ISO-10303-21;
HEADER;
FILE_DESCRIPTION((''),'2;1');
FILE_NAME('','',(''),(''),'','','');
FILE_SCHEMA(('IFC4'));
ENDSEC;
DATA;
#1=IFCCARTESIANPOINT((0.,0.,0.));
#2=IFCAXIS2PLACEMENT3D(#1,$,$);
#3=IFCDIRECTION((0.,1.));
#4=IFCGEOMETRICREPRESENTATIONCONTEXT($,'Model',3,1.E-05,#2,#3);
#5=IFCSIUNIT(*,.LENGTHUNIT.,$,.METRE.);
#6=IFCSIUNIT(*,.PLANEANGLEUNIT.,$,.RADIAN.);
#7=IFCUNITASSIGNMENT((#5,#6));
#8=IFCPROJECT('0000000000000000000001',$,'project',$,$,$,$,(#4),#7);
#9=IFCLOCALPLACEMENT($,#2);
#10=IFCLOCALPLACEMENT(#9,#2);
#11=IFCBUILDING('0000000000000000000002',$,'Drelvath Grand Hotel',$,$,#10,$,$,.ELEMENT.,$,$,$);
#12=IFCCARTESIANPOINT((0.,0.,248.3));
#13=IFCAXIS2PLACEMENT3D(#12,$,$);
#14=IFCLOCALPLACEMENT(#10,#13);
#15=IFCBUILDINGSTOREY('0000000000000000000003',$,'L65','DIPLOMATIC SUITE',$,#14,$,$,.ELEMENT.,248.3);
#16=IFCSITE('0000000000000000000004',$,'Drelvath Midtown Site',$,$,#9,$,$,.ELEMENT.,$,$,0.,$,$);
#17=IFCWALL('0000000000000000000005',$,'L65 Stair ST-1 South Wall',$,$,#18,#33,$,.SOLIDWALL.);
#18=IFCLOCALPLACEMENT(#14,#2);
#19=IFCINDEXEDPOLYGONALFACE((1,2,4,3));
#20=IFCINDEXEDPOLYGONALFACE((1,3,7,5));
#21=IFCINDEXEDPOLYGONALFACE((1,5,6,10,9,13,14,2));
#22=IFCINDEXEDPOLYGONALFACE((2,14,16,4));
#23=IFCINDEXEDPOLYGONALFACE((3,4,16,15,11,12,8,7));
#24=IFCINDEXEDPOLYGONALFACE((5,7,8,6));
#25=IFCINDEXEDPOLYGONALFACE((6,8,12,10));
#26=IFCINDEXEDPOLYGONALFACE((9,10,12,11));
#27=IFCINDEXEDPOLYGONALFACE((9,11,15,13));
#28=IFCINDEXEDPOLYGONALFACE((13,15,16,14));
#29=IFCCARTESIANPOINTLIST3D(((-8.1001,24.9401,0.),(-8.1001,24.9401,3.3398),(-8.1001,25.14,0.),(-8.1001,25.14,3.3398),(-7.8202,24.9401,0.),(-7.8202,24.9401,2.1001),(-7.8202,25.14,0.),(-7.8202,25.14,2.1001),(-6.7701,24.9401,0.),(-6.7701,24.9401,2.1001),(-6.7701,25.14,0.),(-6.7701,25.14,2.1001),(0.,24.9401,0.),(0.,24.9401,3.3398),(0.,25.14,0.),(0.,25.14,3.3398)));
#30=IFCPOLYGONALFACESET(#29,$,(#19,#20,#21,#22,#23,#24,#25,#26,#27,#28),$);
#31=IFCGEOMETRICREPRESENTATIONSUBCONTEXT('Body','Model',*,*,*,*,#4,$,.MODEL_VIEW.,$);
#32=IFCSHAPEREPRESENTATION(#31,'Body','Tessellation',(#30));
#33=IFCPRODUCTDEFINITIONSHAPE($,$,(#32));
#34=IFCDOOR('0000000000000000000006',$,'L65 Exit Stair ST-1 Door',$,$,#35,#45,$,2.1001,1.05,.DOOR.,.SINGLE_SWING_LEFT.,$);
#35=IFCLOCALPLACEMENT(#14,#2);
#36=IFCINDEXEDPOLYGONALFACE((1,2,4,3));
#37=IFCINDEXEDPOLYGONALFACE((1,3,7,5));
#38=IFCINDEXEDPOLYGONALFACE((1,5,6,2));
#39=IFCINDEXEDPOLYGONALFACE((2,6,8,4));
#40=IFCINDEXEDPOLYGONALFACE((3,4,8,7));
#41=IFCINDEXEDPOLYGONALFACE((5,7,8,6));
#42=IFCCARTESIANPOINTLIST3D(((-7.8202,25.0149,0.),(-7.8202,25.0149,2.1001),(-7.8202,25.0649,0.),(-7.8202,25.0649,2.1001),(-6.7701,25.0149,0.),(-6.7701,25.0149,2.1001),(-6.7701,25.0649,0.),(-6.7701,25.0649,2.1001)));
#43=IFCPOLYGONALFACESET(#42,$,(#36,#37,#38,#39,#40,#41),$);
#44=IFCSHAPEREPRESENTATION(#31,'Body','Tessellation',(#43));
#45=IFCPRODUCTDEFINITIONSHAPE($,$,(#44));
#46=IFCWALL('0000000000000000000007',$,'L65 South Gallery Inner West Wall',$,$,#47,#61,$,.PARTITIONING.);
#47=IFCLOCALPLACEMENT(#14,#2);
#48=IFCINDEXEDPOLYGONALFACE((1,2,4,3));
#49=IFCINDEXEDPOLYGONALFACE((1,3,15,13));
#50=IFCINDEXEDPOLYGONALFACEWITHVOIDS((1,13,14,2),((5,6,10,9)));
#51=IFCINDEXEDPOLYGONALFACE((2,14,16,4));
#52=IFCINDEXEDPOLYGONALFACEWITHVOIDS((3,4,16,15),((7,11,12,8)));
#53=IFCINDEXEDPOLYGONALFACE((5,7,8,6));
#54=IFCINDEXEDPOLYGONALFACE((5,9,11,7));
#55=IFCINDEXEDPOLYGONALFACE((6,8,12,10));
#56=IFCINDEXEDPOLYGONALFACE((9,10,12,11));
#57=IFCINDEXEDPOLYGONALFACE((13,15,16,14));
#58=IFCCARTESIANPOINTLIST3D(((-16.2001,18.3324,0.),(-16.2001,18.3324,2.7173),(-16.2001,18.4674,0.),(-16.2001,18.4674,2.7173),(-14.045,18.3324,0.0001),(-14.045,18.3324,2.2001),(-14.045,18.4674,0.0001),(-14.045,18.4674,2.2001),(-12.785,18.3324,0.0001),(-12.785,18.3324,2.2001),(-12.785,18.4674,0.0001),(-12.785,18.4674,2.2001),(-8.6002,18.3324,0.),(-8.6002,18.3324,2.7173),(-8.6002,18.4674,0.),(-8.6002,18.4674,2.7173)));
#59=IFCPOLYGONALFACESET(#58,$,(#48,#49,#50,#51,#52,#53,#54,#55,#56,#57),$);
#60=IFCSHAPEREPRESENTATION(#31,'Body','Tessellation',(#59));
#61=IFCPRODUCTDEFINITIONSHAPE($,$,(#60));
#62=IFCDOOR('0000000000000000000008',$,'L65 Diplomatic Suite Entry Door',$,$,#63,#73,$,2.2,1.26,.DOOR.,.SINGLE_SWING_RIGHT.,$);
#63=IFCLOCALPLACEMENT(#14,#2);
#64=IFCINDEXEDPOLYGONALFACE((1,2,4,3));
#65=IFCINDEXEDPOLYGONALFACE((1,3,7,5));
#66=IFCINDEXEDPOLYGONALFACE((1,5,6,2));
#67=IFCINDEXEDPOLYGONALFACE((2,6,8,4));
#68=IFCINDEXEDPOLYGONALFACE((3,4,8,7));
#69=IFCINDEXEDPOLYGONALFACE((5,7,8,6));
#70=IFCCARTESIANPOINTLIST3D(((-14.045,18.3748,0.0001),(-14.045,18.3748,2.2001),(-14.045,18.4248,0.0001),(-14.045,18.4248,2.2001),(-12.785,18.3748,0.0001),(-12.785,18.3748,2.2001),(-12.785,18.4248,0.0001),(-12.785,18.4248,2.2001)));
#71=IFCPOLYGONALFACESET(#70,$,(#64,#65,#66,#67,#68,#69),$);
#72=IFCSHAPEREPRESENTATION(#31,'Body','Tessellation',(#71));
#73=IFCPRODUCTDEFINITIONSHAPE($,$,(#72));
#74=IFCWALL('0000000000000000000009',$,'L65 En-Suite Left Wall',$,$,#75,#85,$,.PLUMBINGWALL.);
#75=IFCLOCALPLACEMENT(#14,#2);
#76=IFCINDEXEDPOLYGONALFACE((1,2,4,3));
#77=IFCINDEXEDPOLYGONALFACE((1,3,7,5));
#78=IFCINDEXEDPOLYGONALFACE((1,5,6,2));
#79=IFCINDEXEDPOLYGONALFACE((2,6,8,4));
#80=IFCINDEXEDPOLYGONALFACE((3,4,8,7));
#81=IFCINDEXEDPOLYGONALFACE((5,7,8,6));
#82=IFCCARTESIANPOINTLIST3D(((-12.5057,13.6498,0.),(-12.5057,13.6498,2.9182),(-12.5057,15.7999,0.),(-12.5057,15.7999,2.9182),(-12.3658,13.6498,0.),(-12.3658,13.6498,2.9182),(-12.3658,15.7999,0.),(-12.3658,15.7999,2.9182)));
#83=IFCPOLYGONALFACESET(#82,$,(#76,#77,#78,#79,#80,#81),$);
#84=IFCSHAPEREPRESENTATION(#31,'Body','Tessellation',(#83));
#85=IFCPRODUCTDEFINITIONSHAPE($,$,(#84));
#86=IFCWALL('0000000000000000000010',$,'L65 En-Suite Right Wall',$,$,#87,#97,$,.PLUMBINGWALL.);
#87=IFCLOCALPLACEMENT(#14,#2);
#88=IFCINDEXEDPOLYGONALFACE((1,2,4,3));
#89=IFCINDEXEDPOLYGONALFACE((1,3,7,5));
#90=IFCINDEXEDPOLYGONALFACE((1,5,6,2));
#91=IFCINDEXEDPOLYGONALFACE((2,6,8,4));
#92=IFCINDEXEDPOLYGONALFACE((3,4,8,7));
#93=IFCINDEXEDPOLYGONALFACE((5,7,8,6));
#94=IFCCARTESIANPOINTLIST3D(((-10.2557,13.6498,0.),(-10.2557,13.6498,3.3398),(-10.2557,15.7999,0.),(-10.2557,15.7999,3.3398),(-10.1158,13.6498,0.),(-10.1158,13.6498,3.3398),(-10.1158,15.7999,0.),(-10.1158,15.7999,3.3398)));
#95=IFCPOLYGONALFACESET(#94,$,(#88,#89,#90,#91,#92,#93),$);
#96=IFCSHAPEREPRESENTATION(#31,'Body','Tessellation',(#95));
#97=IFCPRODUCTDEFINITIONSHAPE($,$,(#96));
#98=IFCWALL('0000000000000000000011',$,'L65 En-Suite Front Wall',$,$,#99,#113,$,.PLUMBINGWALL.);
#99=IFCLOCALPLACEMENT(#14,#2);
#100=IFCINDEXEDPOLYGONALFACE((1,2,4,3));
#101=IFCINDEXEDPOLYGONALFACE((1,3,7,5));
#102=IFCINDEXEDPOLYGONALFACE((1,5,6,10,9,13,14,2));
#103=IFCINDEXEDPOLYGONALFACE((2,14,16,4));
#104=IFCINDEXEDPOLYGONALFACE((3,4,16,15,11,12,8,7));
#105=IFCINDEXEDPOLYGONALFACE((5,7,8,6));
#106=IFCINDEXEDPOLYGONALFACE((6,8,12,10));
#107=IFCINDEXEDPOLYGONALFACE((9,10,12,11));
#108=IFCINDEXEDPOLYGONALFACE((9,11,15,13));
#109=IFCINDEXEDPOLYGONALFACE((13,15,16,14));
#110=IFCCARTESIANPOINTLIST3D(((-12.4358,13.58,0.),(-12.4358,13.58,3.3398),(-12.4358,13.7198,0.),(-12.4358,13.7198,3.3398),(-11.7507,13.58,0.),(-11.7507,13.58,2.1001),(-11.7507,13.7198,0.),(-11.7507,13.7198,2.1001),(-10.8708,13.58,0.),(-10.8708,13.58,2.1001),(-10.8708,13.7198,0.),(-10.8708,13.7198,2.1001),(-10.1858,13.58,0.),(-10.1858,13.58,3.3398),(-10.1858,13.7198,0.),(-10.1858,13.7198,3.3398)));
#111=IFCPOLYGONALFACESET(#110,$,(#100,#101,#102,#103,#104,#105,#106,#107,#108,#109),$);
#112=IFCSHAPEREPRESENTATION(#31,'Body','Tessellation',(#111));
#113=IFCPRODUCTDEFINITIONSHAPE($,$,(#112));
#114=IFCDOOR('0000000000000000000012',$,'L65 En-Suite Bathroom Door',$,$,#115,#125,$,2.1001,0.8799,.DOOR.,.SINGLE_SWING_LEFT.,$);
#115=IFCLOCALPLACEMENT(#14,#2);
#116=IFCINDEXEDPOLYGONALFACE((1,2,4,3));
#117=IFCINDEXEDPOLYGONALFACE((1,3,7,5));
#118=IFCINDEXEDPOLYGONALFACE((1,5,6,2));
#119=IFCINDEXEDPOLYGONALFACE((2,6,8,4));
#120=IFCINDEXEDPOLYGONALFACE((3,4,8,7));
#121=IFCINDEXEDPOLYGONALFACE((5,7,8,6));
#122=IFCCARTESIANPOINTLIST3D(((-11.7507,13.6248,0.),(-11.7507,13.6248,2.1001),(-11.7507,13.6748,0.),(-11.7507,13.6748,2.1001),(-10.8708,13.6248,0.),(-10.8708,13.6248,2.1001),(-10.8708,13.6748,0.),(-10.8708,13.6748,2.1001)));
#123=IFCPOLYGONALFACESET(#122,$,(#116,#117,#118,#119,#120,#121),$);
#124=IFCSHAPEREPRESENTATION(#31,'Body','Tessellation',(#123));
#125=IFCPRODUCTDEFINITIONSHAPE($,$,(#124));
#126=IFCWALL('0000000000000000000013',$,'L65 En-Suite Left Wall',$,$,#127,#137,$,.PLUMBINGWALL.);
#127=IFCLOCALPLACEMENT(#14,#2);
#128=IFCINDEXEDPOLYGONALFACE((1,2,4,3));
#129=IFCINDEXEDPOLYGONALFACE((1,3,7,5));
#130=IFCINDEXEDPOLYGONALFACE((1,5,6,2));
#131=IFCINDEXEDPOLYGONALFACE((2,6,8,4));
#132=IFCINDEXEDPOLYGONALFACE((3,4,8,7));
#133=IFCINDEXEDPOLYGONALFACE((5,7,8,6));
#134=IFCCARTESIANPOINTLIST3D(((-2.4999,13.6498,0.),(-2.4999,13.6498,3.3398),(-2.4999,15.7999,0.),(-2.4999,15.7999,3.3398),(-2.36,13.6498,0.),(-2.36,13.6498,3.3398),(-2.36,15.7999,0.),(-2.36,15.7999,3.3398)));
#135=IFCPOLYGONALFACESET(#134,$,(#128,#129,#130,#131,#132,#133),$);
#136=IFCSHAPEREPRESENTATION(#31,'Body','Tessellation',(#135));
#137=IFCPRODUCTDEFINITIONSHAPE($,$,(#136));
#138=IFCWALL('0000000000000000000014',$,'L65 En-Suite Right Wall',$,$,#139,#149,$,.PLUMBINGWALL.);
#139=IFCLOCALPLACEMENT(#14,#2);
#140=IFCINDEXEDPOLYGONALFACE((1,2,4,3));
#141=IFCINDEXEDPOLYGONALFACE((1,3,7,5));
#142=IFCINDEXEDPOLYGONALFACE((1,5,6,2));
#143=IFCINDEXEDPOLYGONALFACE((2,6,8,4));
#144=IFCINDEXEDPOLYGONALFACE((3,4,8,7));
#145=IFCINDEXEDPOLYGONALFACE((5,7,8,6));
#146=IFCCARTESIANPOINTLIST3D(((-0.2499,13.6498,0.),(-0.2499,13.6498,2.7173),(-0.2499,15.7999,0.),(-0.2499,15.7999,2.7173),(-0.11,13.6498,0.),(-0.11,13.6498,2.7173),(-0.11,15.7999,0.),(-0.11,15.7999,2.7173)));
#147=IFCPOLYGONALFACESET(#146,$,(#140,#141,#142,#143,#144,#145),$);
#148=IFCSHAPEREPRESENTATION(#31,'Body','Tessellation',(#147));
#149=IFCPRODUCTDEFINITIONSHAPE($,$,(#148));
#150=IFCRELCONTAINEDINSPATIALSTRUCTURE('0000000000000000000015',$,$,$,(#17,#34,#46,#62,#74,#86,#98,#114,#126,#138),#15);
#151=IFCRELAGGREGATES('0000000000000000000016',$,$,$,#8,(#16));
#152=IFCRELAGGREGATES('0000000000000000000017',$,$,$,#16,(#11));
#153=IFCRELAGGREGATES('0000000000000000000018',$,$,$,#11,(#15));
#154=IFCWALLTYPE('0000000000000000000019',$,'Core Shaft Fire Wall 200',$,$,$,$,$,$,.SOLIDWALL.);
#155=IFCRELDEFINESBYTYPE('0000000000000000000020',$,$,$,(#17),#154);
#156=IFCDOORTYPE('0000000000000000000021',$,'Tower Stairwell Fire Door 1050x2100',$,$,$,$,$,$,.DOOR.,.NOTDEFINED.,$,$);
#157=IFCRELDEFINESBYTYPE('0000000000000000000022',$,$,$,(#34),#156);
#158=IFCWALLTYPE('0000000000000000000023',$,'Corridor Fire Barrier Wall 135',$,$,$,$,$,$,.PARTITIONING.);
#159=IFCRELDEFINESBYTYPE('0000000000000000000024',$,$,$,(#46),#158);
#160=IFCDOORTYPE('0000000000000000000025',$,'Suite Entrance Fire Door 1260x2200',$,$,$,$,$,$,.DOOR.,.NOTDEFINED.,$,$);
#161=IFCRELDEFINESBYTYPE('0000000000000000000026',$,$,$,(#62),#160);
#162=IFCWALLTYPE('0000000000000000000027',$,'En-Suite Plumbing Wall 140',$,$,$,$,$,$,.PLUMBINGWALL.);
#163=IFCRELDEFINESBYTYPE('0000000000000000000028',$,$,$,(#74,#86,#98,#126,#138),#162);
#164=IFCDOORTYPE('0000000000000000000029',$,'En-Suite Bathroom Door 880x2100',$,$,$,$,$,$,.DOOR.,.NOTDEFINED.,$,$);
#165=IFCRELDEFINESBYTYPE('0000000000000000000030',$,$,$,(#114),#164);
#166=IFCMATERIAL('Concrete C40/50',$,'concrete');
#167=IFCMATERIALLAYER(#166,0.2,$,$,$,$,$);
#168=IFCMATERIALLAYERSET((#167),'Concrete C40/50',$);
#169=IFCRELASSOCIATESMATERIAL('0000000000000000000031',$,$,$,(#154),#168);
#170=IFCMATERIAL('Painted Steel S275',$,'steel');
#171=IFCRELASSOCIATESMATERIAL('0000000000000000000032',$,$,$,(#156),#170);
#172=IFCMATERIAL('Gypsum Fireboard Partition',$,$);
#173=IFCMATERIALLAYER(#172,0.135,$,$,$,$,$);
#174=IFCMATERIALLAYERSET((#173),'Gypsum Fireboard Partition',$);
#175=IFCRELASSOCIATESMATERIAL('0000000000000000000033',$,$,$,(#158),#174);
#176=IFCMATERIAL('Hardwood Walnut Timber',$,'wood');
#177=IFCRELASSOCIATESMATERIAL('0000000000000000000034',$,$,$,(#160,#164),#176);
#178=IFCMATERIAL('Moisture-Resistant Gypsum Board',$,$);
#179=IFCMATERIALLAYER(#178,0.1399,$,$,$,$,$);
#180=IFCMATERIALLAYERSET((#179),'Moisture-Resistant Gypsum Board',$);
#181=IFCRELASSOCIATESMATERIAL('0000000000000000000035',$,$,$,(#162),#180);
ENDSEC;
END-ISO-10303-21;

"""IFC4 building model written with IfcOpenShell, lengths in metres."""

from ifc_helpers import new_model, si_unit, direction, frame, frame_2d, origin, place, context, subcontext, project, spatial, rectangle, extrude, material, layer, layer_set, type_object, element, fill, save


model = new_model("IFC4")

# Units and contexts
model_context = context("Model", 3, precision=1e-05, world=origin(), true_north=direction((0.0, 1.0)))
body_context = subcontext(model_context, "Body", "Model", "MODEL_VIEW")
ifc_project = project(units=[si_unit("LENGTHUNIT", "METRE"), si_unit("PLANEANGLEUNIT", "RADIAN")], contexts=[model_context])

# Site, building, storey
site_placement = place(None, origin())
site = spatial("IfcSite", under=ifc_project, at=site_placement, Name="Drelvath Midtown Site", CompositionType="ELEMENT", RefElevation=0.0)
building_placement = place(site_placement, origin())
building = spatial("IfcBuilding", under=site, at=building_placement, Name="Drelvath Grand Hotel", CompositionType="ELEMENT")
storey_placement = place(building_placement, frame((0.0, 0.0, 248.3)))
storey = spatial("IfcBuildingStorey", under=building, at=storey_placement, Name="L65", Description="DIPLOMATIC SUITE", CompositionType="ELEMENT", Elevation=248.3)

# Walls, openings, doors
ifc_material_1 = material(Name="Concrete C40/50", Category="concrete")
ifc_layer_1 = layer(ifc_material_1, 0.2)
ifc_layer_set_1 = layer_set([ifc_layer_1], Name="Concrete C40/50")
wall_type_1 = type_object("IfcWallType", Name="Core Shaft Fire Wall 200", PredefinedType="SOLIDWALL", material=ifc_layer_set_1)
wall_1_placement = place(storey_placement, frame((-8.1001, 25.04, 0.0), z_axis=(0.0, 0.0, 1.0), x_axis=(1.0, 0.0, 0.0)))
wall_1 = element("IfcWall", 1, at=wall_1_placement, inside=storey, type_object=wall_type_1, Name="L65 Stair ST-1 South Wall", PredefinedType="SOLIDWALL", context=body_context, shape_type="SweptSolid", body=[
    extrude(rectangle(XDim=8.1001, YDim=0.2, at=frame_2d((4.05, 0.0))), origin(), (0.0, 0.0, 1.0), 3.3398),
])
opening_1_placement = place(wall_1_placement, frame((0.28, 0.0, 0.0)))
opening_1 = element("IfcOpeningElement", 2, at=opening_1_placement, cuts=wall_1, PredefinedType="OPENING", context=body_context, shape_type="SweptSolid", body=[
    extrude(rectangle(XDim=1.05, YDim=2.1001, at=frame_2d((0.5249, 1.05))), frame((0.0, 0.1099, 0.0), z_axis=(0.0, -1.0, 0.0), x_axis=(1.0, 0.0, 0.0)), (0.0, 0.0, 1.0), 0.22),
])
ifc_material_2 = material(Name="Painted Steel S275", Category="steel")
door_type_1 = type_object("IfcDoorType", Name="Tower Stairwell Fire Door 1050x2100", OperationType="NOTDEFINED", PredefinedType="DOOR", material=ifc_material_2)
door_1_placement = place(opening_1_placement, origin())
door_1 = element("IfcDoor", 3, at=door_1_placement, inside=storey, type_object=door_type_1, Name="L65 Exit Stair ST-1 Door", OperationType="SINGLE_SWING_LEFT", OverallHeight=2.1001, OverallWidth=1.05, PredefinedType="DOOR", context=body_context, shape_type="SweptSolid", body=[
    extrude(rectangle(XDim=1.05, YDim=2.1001, at=frame_2d((0.5249, 1.05))), frame((0.0, 0.0249, 0.0), z_axis=(0.0, -1.0, 0.0), x_axis=(1.0, 0.0, 0.0)), (0.0, 0.0, 1.0), 0.05),
])
fill(opening_1, door_1)
ifc_material_3 = material(Name="Gypsum Fireboard Partition")
ifc_layer_2 = layer(ifc_material_3, 0.135)
ifc_layer_set_2 = layer_set([ifc_layer_2], Name="Gypsum Fireboard Partition")
wall_type_2 = type_object("IfcWallType", Name="Corridor Fire Barrier Wall 135", PredefinedType="PARTITIONING", material=ifc_layer_set_2)
wall_2_placement = place(storey_placement, frame((-16.2, 18.3999, 0.0), z_axis=(0.0, 0.0, 1.0), x_axis=(1.0, 0.0, 0.0)))
wall_2 = element("IfcWall", 4, at=wall_2_placement, inside=storey, type_object=wall_type_2, Name="L65 South Gallery Inner West Wall", PredefinedType="PARTITIONING", context=body_context, shape_type="SweptSolid", body=[
    extrude(rectangle(XDim=7.5999, YDim=0.135, at=frame_2d((3.7998, 0.0))), origin(), (0.0, 0.0, 1.0), 2.7173),
])
opening_2_placement = place(wall_2_placement, frame((2.155, 0.0, 0.0)))
opening_2 = element("IfcOpeningElement", 5, at=opening_2_placement, cuts=wall_2, PredefinedType="OPENING", context=body_context, shape_type="SweptSolid", body=[
    extrude(rectangle(XDim=1.26, YDim=2.2, at=frame_2d((0.6299, 1.1001))), frame((0.0, 0.0774, 0.0), z_axis=(0.0, -1.0, 0.0), x_axis=(1.0, 0.0, 0.0)), (0.0, 0.0, 1.0), 0.155),
])
ifc_material_4 = material(Name="Hardwood Walnut Timber", Category="wood")
door_type_2 = type_object("IfcDoorType", Name="Suite Entrance Fire Door 1260x2200", OperationType="NOTDEFINED", PredefinedType="DOOR", material=ifc_material_4)
door_2_placement = place(opening_2_placement, origin())
door_2 = element("IfcDoor", 6, at=door_2_placement, inside=storey, type_object=door_type_2, Name="L65 Diplomatic Suite Entry Door", OperationType="SINGLE_SWING_RIGHT", OverallHeight=2.2, OverallWidth=1.26, PredefinedType="DOOR", context=body_context, shape_type="SweptSolid", body=[
    extrude(rectangle(XDim=1.26, YDim=2.2, at=frame_2d((0.6299, 1.1001))), frame((0.0, 0.0249, 0.0), z_axis=(0.0, -1.0, 0.0), x_axis=(1.0, 0.0, 0.0)), (0.0, 0.0, 1.0), 0.05),
])
fill(opening_2, door_2)

# Walls
ifc_material_5 = material(Name="Moisture-Resistant Gypsum Board")
ifc_layer_3 = layer(ifc_material_5, 0.1399)
ifc_layer_set_3 = layer_set([ifc_layer_3], Name="Moisture-Resistant Gypsum Board")
wall_type_3 = type_object("IfcWallType", Name="En-Suite Plumbing Wall 140", PredefinedType="PLUMBINGWALL", material=ifc_layer_set_3)
wall_3_placement = place(storey_placement, frame((-12.4358, 15.8, 0.0), z_axis=(0.0, 0.0, 1.0), x_axis=(0.0, -1.0, 0.0)))
element("IfcWall", 7, at=wall_3_placement, inside=storey, type_object=wall_type_3, Name="L65 En-Suite Left Wall", PredefinedType="PLUMBINGWALL", context=body_context, shape_type="SweptSolid", body=[
    extrude(rectangle(XDim=2.1501, YDim=0.1399, at=frame_2d((1.0752, 0.0))), origin(), (0.0, 0.0, 1.0), 2.9182),
])
wall_4_placement = place(storey_placement, frame((-10.1858, 15.8, 0.0), z_axis=(0.0, 0.0, 1.0), x_axis=(0.0, -1.0, 0.0)))
element("IfcWall", 8, at=wall_4_placement, inside=storey, type_object=wall_type_3, Name="L65 En-Suite Right Wall", PredefinedType="PLUMBINGWALL", context=body_context, shape_type="SweptSolid", body=[
    extrude(rectangle(XDim=2.1501, YDim=0.1399, at=frame_2d((1.0752, 0.0))), origin(), (0.0, 0.0, 1.0), 3.3398),
])

# Wall, opening, door
wall_5_placement = place(storey_placement, frame((-12.4358, 13.6499, 0.0), z_axis=(0.0, 0.0, 1.0), x_axis=(1.0, 0.0, 0.0)))
wall_5 = element("IfcWall", 9, at=wall_5_placement, inside=storey, type_object=wall_type_3, Name="L65 En-Suite Front Wall", PredefinedType="PLUMBINGWALL", context=body_context, shape_type="SweptSolid", body=[
    extrude(rectangle(XDim=2.25, YDim=0.1399, at=frame_2d((1.125, 0.0))), origin(), (0.0, 0.0, 1.0), 3.3398),
])
opening_3_placement = place(wall_5_placement, frame((0.6851, 0.0, 0.0)))
opening_3 = element("IfcOpeningElement", 10, at=opening_3_placement, cuts=wall_5, PredefinedType="OPENING", context=body_context, shape_type="SweptSolid", body=[
    extrude(rectangle(XDim=0.8799, YDim=2.1001, at=frame_2d((0.4399, 1.05))), frame((0.0, 0.0798, 0.0), z_axis=(0.0, -1.0, 0.0), x_axis=(1.0, 0.0, 0.0)), (0.0, 0.0, 1.0), 0.1599),
])
door_type_3 = type_object("IfcDoorType", Name="En-Suite Bathroom Door 880x2100", OperationType="NOTDEFINED", PredefinedType="DOOR", material=ifc_material_4)
door_3_placement = place(opening_3_placement, origin())
door_3 = element("IfcDoor", 11, at=door_3_placement, inside=storey, type_object=door_type_3, Name="L65 En-Suite Bathroom Door", OperationType="SINGLE_SWING_LEFT", OverallHeight=2.1001, OverallWidth=0.8799, PredefinedType="DOOR", context=body_context, shape_type="SweptSolid", body=[
    extrude(rectangle(XDim=0.8799, YDim=2.1001, at=frame_2d((0.4399, 1.05))), frame((0.0, 0.0249, 0.0), z_axis=(0.0, -1.0, 0.0), x_axis=(1.0, 0.0, 0.0)), (0.0, 0.0, 1.0), 0.05),
])
fill(opening_3, door_3)

# Walls
wall_6_placement = place(storey_placement, frame((-2.4299, 15.8, 0.0), z_axis=(0.0, 0.0, 1.0), x_axis=(0.0, -1.0, 0.0)))
element("IfcWall", 12, at=wall_6_placement, inside=storey, type_object=wall_type_3, Name="L65 En-Suite Left Wall", PredefinedType="PLUMBINGWALL", context=body_context, shape_type="SweptSolid", body=[
    extrude(rectangle(XDim=2.1501, YDim=0.1399, at=frame_2d((1.0752, 0.0))), origin(), (0.0, 0.0, 1.0), 3.3398),
])
wall_7_placement = place(storey_placement, frame((-0.1799, 15.8, 0.0), z_axis=(0.0, 0.0, 1.0), x_axis=(0.0, -1.0, 0.0)))
element("IfcWall", 13, at=wall_7_placement, inside=storey, type_object=wall_type_3, Name="L65 En-Suite Right Wall", PredefinedType="PLUMBINGWALL", context=body_context, shape_type="SweptSolid", body=[
    extrude(rectangle(XDim=2.1501, YDim=0.1399, at=frame_2d((1.0752, 0.0))), origin(), (0.0, 0.0, 1.0), 2.7173),
])

save(model, "model.ifc")
